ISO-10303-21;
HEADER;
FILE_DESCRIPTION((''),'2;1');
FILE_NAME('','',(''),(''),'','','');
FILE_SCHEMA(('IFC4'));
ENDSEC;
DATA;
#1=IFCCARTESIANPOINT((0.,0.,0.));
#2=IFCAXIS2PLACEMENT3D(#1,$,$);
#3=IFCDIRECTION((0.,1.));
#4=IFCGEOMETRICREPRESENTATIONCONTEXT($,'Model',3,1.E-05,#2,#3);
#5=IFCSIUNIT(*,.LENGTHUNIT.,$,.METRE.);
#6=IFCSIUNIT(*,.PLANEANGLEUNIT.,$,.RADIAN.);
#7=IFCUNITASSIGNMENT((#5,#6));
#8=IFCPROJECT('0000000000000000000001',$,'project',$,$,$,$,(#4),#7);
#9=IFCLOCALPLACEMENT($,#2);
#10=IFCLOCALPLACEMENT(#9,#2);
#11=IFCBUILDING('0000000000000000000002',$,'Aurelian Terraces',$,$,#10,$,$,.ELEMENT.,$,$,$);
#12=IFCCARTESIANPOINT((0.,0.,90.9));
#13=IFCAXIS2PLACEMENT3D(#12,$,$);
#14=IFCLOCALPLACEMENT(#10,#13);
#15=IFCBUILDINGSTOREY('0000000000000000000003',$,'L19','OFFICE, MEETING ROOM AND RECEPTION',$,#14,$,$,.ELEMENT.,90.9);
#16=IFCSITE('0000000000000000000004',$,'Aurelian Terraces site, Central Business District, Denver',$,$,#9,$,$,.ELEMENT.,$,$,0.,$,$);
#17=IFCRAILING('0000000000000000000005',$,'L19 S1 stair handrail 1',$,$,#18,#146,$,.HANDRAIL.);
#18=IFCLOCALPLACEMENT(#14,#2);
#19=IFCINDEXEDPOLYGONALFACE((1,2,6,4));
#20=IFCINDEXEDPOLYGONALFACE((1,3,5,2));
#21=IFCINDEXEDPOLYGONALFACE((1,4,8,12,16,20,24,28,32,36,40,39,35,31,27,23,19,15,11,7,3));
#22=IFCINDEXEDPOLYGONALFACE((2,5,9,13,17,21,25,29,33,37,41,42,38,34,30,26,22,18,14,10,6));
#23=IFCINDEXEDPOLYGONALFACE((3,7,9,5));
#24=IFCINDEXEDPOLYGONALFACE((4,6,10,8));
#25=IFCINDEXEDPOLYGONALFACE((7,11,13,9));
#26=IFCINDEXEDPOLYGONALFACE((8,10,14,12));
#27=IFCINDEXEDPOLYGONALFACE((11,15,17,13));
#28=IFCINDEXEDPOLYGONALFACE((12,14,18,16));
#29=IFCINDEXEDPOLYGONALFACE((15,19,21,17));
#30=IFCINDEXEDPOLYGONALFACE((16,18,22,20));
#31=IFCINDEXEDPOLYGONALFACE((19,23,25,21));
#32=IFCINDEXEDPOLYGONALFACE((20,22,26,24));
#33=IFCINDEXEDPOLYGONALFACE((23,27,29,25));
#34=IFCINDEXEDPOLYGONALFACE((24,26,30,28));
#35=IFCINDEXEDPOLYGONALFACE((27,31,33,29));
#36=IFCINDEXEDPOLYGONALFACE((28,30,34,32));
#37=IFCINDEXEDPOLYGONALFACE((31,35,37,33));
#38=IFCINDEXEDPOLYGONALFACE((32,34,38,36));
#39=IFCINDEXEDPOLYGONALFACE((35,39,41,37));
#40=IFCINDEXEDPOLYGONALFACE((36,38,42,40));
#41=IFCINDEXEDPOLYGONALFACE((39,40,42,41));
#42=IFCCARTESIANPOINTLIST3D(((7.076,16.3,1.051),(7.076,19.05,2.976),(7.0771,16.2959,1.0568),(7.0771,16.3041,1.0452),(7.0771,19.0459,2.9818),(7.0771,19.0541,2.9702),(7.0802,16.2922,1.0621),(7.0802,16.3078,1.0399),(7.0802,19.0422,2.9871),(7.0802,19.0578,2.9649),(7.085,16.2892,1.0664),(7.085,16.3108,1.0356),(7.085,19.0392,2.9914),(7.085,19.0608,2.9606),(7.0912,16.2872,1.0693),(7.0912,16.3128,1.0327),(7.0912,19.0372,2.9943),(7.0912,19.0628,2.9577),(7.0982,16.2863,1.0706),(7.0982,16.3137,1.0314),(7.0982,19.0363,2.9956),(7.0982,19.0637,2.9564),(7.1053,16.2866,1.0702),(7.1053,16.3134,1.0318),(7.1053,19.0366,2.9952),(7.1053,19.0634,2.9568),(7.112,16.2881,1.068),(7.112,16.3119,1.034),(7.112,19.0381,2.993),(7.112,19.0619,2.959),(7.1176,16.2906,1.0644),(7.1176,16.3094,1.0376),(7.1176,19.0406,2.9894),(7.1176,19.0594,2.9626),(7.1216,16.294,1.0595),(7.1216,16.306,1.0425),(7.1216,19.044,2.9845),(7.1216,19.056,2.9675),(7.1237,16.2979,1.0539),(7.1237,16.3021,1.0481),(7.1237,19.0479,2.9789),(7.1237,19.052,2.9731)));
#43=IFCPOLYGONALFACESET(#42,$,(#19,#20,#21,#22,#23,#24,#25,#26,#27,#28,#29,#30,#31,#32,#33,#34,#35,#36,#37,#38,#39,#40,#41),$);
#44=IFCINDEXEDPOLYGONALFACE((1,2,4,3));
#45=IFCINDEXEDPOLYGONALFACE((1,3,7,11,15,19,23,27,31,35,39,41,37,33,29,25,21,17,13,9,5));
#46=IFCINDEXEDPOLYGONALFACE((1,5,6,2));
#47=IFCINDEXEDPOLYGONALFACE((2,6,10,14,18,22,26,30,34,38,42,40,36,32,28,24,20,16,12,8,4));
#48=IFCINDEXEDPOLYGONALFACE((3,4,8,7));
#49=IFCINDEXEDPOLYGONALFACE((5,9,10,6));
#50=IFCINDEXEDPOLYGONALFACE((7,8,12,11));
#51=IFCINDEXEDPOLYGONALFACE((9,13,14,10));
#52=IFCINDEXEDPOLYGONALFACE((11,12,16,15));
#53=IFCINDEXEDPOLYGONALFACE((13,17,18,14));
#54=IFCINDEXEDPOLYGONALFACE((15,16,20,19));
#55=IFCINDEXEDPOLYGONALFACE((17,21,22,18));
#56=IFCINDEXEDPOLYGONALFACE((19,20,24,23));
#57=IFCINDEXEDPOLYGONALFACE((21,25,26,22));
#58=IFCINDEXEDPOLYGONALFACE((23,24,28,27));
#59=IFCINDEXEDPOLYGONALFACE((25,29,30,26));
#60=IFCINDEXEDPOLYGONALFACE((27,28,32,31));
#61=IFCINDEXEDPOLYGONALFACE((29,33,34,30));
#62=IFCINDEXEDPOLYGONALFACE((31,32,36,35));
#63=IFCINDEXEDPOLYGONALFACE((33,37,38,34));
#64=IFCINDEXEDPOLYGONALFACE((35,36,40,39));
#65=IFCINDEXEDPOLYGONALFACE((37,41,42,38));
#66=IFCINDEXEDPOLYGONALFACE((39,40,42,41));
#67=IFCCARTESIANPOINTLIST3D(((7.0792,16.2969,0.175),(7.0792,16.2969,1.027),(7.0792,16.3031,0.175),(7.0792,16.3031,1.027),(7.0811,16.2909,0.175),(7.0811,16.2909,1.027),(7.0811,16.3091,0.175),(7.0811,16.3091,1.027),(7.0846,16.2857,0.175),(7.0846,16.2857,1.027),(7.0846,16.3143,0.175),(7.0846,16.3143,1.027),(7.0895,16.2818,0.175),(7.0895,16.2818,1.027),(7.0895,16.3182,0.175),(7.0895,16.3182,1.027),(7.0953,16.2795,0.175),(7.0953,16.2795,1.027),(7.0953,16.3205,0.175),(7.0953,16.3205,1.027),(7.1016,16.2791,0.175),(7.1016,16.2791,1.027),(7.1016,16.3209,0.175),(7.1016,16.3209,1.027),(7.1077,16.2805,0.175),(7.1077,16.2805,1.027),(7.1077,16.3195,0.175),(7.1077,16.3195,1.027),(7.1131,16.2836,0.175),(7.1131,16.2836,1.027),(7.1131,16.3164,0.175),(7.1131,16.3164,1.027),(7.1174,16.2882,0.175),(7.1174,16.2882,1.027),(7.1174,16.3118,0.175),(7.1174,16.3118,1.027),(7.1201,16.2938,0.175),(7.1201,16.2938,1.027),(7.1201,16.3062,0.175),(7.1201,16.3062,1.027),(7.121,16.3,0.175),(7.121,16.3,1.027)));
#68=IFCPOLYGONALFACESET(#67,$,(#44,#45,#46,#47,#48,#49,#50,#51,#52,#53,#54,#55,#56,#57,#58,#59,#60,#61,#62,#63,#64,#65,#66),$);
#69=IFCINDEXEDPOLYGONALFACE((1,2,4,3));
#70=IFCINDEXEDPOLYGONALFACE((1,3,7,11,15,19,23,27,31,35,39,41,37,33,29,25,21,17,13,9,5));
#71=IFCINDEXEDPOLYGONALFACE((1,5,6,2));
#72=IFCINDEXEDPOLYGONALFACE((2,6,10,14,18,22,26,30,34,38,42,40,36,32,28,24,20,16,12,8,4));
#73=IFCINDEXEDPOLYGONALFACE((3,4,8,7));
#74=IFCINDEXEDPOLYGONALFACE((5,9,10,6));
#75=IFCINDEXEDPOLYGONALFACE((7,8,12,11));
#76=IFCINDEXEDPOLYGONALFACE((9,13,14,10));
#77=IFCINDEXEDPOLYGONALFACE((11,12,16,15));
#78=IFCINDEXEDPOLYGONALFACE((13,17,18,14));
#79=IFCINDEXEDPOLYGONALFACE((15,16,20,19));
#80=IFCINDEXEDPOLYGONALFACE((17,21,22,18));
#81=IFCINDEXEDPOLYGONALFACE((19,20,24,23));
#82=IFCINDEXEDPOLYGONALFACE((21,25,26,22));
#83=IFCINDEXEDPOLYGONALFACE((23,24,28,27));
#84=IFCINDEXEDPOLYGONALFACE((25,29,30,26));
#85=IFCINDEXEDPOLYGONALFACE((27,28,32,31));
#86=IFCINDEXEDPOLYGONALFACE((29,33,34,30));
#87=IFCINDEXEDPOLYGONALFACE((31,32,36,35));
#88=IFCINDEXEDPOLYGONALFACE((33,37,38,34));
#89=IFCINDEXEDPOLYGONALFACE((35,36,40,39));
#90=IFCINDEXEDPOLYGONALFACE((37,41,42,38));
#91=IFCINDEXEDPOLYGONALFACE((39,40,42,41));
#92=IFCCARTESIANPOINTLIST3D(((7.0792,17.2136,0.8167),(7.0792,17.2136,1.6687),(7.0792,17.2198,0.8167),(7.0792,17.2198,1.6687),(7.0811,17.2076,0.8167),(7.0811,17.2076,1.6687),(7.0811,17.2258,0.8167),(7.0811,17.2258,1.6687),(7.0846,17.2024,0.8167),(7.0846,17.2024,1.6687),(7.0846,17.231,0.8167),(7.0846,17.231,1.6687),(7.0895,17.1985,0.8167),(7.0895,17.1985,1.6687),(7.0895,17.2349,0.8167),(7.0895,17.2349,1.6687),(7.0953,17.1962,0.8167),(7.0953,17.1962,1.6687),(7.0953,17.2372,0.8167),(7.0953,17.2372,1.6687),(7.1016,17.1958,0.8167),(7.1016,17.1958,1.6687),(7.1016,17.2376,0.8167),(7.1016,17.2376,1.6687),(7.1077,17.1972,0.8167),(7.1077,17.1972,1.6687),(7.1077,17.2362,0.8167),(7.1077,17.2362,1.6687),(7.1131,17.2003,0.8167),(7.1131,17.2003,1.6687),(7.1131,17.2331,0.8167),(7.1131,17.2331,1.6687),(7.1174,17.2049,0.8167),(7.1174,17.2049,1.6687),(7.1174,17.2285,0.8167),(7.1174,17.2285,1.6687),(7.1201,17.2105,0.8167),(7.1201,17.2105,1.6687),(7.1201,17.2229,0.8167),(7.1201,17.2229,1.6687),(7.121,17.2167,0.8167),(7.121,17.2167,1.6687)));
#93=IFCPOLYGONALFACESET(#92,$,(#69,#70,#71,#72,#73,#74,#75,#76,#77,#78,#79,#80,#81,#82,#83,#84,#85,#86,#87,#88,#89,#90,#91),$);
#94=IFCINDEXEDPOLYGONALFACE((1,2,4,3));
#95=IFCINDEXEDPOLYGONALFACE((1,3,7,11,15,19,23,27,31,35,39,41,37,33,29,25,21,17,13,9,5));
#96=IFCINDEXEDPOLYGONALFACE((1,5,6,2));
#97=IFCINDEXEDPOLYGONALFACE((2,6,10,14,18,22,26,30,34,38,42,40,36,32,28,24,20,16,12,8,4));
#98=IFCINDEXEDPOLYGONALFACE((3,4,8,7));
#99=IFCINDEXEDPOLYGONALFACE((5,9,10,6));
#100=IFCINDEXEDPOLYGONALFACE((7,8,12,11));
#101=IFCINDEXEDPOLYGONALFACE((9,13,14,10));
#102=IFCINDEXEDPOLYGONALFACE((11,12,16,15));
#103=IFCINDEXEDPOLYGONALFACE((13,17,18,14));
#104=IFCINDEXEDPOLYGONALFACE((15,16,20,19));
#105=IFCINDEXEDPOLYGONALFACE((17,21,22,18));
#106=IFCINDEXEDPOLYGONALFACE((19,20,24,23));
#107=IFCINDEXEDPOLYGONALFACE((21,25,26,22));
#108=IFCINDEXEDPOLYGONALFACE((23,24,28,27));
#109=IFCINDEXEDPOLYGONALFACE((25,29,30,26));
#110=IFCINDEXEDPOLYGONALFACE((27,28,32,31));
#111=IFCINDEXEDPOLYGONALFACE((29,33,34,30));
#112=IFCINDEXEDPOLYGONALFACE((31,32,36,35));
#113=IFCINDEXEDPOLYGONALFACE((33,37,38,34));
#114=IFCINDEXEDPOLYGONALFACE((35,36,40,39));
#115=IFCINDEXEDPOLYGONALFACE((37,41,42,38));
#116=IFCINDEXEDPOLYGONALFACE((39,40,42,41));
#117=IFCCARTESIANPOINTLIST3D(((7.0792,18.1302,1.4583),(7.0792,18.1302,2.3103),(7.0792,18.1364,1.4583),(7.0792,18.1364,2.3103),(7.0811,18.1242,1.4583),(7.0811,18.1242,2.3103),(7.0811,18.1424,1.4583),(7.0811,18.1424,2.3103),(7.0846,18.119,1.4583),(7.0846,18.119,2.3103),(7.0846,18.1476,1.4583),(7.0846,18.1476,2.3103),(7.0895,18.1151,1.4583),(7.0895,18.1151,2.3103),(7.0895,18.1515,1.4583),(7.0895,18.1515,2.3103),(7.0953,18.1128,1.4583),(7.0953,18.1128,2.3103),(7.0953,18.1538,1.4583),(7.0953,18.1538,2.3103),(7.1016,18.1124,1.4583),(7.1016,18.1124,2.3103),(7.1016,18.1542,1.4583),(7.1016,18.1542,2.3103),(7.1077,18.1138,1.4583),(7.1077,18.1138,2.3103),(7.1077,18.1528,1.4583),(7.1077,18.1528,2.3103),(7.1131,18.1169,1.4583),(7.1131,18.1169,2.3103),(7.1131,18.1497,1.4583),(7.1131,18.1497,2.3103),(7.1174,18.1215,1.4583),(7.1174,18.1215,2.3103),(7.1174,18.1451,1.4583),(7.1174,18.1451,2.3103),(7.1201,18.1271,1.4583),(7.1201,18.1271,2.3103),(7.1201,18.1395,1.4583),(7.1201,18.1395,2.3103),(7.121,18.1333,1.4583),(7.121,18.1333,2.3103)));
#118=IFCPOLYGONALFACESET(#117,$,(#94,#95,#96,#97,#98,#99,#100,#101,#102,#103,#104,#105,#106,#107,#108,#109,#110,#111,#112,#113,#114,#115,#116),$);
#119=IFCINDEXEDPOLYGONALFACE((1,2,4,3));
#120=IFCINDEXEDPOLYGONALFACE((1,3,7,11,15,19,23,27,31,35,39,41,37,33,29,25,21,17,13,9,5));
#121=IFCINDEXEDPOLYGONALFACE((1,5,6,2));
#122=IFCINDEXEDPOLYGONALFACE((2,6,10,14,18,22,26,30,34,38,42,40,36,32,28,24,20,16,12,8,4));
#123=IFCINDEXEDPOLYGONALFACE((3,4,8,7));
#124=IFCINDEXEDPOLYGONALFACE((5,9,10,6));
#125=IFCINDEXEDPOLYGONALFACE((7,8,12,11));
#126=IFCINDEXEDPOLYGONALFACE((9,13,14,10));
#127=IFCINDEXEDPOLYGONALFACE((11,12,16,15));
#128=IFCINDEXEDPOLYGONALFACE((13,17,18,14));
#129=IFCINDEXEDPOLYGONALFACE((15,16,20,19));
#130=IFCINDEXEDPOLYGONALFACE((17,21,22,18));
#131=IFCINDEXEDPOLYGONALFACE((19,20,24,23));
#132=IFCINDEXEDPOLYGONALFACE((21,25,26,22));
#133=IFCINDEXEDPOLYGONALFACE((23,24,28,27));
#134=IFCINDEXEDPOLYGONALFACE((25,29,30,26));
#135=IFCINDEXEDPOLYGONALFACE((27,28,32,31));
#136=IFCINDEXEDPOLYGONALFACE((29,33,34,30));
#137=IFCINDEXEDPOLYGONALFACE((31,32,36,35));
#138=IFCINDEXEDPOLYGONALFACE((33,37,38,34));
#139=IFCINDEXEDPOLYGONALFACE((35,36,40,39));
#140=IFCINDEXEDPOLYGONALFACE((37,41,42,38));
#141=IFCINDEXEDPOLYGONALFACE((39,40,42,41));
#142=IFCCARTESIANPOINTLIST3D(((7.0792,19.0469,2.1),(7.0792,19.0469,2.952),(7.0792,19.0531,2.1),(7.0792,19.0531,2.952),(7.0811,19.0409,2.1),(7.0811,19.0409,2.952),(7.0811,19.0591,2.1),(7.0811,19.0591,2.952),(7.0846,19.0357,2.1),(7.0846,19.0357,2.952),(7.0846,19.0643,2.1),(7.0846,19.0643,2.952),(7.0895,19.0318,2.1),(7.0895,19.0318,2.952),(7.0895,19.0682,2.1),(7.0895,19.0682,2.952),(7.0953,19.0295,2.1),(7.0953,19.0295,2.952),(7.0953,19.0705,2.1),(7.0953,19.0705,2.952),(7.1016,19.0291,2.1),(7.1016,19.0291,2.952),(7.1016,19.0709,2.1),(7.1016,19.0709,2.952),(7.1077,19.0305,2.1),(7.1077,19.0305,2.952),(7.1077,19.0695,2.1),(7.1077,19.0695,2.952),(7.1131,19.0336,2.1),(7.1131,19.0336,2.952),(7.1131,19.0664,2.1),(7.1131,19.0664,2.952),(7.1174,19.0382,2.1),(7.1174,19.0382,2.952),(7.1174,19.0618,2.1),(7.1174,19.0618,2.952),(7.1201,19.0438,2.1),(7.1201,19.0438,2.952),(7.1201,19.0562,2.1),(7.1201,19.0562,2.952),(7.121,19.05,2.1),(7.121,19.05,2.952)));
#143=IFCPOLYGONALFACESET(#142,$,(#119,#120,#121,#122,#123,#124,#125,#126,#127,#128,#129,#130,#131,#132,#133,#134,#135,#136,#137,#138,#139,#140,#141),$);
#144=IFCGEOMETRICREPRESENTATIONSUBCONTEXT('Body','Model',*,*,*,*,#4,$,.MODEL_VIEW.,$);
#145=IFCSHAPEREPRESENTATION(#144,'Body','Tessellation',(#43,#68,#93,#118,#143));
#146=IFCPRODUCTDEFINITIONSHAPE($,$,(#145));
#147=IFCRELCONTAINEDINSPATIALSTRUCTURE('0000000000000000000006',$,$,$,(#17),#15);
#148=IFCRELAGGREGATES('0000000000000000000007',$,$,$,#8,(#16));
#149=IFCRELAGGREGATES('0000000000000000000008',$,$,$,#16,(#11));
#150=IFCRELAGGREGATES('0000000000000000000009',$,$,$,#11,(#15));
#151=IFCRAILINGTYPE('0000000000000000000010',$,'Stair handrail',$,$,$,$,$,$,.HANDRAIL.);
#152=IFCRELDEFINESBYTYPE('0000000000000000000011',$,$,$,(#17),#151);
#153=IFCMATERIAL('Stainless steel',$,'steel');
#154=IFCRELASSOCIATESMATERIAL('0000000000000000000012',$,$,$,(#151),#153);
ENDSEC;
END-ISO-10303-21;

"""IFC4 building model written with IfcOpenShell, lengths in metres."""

from ifc_helpers import new_model, si_unit, direction, frame, origin, origin_2d, place, context, subcontext, project, spatial, circle, extrude, source, transform, mapped, material, type_object, element, save


model = new_model("IFC4")

# Units and contexts
model_context = context("Model", 3, precision=1e-05, world=origin(), true_north=direction((0.0, 1.0)))
body_context = subcontext(model_context, "Body", "Model", "MODEL_VIEW")
ifc_project = project(units=[si_unit("LENGTHUNIT", "METRE"), si_unit("PLANEANGLEUNIT", "RADIAN")], contexts=[model_context])

# Site, building, storey
site_placement = place(None, origin())
site = spatial("IfcSite", under=ifc_project, at=site_placement, Name="Aurelian Terraces site, Central Business District, Denver", CompositionType="ELEMENT", RefElevation=0.0)
building_placement = place(site_placement, origin())
building = spatial("IfcBuilding", under=site, at=building_placement, Name="Aurelian Terraces", CompositionType="ELEMENT")
storey_placement = place(building_placement, frame((0.0, 0.0, 90.9)))
storey = spatial("IfcBuildingStorey", under=building, at=storey_placement, Name="L19", Description="OFFICE, MEETING ROOM AND RECEPTION", CompositionType="ELEMENT", Elevation=90.9)

# Railing
ifc_material_1 = material(Name="Stainless steel", Category="steel")
railing_type_1 = type_object("IfcRailingType", Name="Stair handrail", PredefinedType="HANDRAIL", material=ifc_material_1)
shared_shape_1 = source(origin(), body_context, "Body", "SweptSolid", [
    extrude(circle(Radius=0.024, at=origin_2d()), frame((0.0, 0.0, 0.876), z_axis=(0.0, 0.819232, 0.573462), x_axis=(-1.0, 0.0, 0.0)), (0.0, 0.0, 1.0), 3.3568),
    extrude(circle(Radius=0.021, at=origin_2d()), origin(), (0.0, 0.0, 1.0), 0.852),
    extrude(circle(Radius=0.021, at=origin_2d()), frame((0.0, 0.9167, 0.6417)), (0.0, 0.0, 1.0), 0.852),
    extrude(circle(Radius=0.021, at=origin_2d()), frame((0.0, 1.8333, 1.2833)), (0.0, 0.0, 1.0), 0.852),
    extrude(circle(Radius=0.021, at=origin_2d()), frame((0.0, 2.75, 1.925)), (0.0, 0.0, 1.0), 0.852),
])
railing_1_placement = place(storey_placement, frame((7.1, 16.3, 0.175)))
element("IfcRailing", 1, at=railing_1_placement, inside=storey, type_object=railing_type_1, Name="L19 S1 stair handrail 1", PredefinedType="HANDRAIL", context=body_context, shape_type="MappedRepresentation", body=[
    mapped(shared_shape_1, transform((0.0, 0.0, 0.0), scale=1.0)),
])

save(model, "model.ifc")
